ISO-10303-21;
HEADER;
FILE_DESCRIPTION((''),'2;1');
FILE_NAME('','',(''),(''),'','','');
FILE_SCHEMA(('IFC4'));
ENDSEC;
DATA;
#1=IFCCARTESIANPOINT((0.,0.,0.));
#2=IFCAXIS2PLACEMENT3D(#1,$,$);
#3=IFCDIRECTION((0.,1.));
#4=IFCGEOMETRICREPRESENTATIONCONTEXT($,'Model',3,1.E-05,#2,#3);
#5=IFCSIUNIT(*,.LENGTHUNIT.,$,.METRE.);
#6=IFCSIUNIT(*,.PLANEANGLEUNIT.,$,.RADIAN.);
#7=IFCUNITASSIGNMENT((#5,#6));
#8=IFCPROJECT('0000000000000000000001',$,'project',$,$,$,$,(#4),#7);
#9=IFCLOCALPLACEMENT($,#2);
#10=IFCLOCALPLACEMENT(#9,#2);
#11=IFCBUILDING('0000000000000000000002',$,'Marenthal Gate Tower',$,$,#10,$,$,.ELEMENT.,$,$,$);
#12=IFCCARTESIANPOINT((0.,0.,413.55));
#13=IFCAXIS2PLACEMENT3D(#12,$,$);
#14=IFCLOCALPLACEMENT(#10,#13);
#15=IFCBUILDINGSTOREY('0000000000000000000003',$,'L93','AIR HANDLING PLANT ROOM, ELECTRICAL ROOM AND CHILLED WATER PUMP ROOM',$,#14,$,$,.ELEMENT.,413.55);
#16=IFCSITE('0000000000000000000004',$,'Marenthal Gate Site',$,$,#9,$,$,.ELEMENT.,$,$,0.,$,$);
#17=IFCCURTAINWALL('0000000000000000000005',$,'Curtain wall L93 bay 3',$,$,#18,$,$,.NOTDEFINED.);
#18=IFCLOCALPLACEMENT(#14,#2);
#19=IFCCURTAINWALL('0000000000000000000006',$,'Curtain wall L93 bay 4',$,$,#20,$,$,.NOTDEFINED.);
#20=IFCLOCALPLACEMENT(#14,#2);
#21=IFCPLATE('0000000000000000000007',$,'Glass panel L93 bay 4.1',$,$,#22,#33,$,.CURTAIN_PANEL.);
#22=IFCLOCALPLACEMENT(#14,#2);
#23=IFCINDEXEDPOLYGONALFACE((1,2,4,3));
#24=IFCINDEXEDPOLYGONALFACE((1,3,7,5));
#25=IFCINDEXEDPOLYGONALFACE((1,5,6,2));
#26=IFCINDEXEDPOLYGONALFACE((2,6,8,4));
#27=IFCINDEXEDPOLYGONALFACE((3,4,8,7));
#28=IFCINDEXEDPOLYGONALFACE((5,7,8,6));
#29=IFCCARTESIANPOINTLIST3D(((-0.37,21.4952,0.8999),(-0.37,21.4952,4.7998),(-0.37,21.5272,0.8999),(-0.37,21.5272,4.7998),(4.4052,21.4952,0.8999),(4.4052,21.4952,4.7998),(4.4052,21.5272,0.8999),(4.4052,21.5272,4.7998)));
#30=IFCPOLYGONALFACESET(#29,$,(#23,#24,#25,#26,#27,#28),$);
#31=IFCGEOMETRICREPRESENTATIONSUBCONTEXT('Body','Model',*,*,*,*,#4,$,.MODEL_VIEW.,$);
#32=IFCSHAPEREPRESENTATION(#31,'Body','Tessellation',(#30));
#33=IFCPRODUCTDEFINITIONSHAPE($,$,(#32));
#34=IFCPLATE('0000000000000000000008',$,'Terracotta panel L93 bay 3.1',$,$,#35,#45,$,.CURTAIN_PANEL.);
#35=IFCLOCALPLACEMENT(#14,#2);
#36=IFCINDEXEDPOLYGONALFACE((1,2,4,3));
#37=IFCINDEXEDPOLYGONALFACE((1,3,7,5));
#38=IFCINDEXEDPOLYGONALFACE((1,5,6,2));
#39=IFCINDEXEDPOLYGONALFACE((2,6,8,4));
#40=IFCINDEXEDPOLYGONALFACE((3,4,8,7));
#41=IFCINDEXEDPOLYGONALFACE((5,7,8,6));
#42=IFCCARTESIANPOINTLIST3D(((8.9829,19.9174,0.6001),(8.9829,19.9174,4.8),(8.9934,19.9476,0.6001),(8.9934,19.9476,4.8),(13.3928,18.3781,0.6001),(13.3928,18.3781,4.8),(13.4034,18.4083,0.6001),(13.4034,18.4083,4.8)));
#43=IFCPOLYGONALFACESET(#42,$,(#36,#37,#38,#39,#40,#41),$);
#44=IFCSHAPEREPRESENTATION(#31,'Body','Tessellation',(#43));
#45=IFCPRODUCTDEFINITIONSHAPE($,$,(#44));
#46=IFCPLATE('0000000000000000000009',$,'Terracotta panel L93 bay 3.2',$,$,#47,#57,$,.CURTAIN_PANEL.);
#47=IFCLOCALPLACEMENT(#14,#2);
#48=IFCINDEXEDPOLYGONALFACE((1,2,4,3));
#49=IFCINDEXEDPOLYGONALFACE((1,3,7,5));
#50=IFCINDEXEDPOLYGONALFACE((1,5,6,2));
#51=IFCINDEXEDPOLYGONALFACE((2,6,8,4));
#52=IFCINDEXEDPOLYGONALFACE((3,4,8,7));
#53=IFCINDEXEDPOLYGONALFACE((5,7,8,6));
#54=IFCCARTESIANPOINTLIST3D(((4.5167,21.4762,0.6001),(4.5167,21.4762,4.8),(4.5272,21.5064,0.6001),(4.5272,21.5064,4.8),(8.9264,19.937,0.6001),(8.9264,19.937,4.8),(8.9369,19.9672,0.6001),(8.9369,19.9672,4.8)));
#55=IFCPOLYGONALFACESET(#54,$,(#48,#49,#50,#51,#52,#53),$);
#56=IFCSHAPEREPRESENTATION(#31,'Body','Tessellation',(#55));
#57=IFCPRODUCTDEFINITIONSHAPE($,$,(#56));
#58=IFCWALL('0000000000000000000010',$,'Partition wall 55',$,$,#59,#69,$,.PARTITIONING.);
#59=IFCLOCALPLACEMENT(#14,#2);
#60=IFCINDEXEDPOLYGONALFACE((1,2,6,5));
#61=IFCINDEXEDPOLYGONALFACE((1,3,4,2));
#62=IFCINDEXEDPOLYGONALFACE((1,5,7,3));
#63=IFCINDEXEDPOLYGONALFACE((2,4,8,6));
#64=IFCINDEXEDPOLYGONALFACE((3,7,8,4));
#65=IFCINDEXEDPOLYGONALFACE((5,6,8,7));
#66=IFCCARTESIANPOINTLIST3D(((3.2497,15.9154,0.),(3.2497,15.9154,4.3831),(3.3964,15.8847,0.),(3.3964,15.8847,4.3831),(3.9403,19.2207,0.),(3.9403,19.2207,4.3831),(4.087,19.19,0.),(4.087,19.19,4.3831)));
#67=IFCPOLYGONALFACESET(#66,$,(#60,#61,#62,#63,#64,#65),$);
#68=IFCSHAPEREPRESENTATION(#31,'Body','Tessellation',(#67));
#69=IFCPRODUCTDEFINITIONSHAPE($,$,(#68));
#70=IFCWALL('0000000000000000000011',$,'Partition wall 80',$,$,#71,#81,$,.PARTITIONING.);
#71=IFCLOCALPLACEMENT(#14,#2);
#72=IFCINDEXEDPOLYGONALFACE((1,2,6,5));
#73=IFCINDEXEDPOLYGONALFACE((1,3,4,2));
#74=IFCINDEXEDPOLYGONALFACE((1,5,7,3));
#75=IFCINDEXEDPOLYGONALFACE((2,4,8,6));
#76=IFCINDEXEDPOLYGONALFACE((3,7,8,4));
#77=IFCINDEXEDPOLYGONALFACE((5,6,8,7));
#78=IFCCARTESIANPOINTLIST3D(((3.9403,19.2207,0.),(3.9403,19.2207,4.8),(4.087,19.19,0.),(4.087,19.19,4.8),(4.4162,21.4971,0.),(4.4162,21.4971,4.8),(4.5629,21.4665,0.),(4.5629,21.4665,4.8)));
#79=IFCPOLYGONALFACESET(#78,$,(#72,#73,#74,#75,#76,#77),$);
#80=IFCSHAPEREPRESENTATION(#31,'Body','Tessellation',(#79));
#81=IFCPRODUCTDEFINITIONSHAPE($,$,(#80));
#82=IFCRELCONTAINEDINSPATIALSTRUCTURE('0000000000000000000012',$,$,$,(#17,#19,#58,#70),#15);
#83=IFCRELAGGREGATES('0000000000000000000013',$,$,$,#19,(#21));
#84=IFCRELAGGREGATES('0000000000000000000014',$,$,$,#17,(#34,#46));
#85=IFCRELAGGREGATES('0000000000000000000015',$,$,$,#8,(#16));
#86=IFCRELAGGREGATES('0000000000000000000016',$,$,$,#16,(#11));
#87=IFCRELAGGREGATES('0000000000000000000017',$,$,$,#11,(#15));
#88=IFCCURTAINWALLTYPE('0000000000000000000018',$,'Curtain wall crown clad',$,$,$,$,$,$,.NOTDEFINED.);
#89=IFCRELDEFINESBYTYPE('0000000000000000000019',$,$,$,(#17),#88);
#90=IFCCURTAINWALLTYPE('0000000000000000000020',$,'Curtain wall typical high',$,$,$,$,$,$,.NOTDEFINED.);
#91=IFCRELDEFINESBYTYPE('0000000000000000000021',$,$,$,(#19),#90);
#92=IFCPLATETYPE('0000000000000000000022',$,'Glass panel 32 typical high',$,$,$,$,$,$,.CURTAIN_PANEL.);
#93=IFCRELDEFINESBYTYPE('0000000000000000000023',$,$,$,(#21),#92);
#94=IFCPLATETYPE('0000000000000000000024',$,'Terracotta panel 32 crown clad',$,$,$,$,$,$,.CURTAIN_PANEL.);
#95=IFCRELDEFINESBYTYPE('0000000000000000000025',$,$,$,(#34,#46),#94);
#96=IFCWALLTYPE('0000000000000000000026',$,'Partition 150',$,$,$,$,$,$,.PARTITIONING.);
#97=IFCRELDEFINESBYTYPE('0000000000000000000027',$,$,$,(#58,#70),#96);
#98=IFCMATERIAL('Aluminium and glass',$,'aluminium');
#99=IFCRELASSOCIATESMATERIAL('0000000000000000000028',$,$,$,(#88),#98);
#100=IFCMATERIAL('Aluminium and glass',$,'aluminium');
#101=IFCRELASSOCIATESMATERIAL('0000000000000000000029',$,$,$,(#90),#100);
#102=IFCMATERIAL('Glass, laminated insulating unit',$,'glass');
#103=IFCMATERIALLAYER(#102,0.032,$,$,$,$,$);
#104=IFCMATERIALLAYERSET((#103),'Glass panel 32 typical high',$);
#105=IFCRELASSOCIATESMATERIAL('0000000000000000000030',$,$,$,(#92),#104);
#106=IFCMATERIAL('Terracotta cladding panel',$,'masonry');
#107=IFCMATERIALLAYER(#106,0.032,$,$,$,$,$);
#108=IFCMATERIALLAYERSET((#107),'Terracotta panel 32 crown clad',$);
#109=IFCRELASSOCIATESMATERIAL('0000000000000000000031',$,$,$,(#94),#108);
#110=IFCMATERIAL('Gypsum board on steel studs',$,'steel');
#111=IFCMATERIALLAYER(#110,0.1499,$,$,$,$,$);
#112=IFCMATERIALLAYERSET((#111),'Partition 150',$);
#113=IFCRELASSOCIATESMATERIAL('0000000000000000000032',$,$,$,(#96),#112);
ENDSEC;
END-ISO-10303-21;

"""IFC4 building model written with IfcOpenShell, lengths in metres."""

from ifc_helpers import new_model, si_unit, direction, frame, frame_2d, origin, origin_2d, place, context, subcontext, project, spatial, rectangle, extrude, material, layer, layer_set, type_object, element, aggregate, save


model = new_model("IFC4")

# Units and contexts
model_context = context("Model", 3, precision=1e-05, world=origin(), true_north=direction((0.0, 1.0)))
body_context = subcontext(model_context, "Body", "Model", "MODEL_VIEW")
ifc_project = project(units=[si_unit("LENGTHUNIT", "METRE"), si_unit("PLANEANGLEUNIT", "RADIAN")], contexts=[model_context])

# Site, building, storey
site_placement = place(None, origin())
site = spatial("IfcSite", under=ifc_project, at=site_placement, Name="Marenthal Gate Site", CompositionType="ELEMENT", RefElevation=0.0)
building_placement = place(site_placement, origin())
building = spatial("IfcBuilding", under=site, at=building_placement, Name="Marenthal Gate Tower", CompositionType="ELEMENT")
storey_placement = place(building_placement, frame((0.0, 0.0, 413.55)))
storey = spatial("IfcBuildingStorey", under=building, at=storey_placement, Name="L93", Description="AIR HANDLING PLANT ROOM, ELECTRICAL ROOM AND CHILLED WATER PUMP ROOM", CompositionType="ELEMENT", Elevation=413.55)

# Curtain walls
ifc_material_1 = material(Name="Aluminium and glass", Category="aluminium")
curtain_wall_type_1 = type_object("IfcCurtainWallType", Name="Curtain wall crown clad", PredefinedType="NOTDEFINED", material=ifc_material_1)
curtain_wall_1_placement = place(storey_placement, origin())
curtain_wall_1 = element("IfcCurtainWall", 1, at=curtain_wall_1_placement, inside=storey, type_object=curtain_wall_type_1, Name="Curtain wall L93 bay 3", PredefinedType="NOTDEFINED")
ifc_material_2 = material(Name="Aluminium and glass", Category="aluminium")
curtain_wall_type_2 = type_object("IfcCurtainWallType", Name="Curtain wall typical high", PredefinedType="NOTDEFINED", material=ifc_material_2)
curtain_wall_2_placement = place(storey_placement, origin())
curtain_wall_2 = element("IfcCurtainWall", 2, at=curtain_wall_2_placement, inside=storey, type_object=curtain_wall_type_2, Name="Curtain wall L93 bay 4", PredefinedType="NOTDEFINED")

# Plates
ifc_material_3 = material(Name="Glass, laminated insulating unit", Category="glass")
ifc_layer_1 = layer(ifc_material_3, 0.032)
ifc_layer_set_1 = layer_set([ifc_layer_1], Name="Glass panel 32 typical high")
plate_type_1 = type_object("IfcPlateType", Name="Glass panel 32 typical high", PredefinedType="CURTAIN_PANEL", material=ifc_layer_set_1)
plate_1_placement = place(storey_placement, frame((2.0176, 21.5112, 0.8999), z_axis=(0.0, 0.0, 1.0), x_axis=(-1.0, 0.0, 0.0)))
plate_1 = element("IfcPlate", 3, at=plate_1_placement, type_object=plate_type_1, Name="Glass panel L93 bay 4.1", PredefinedType="CURTAIN_PANEL", context=body_context, shape_type="SweptSolid", body=[
    extrude(rectangle(XDim=4.7751, YDim=0.032, at=origin_2d()), origin(), (0.0, 0.0, 1.0), 3.8999),
])
aggregate(curtain_wall_2, [plate_1])
ifc_material_4 = material(Name="Terracotta cladding panel", Category="masonry")
ifc_layer_2 = layer(ifc_material_4, 0.032)
ifc_layer_set_2 = layer_set([ifc_layer_2], Name="Terracotta panel 32 crown clad")
plate_type_2 = type_object("IfcPlateType", Name="Terracotta panel 32 crown clad", PredefinedType="CURTAIN_PANEL", material=ifc_layer_set_2)
plate_2_placement = place(storey_placement, frame((11.1931, 19.1628, 0.6001), z_axis=(0.0, 0.0, 1.0), x_axis=(-0.944135, 0.329559, 0.0)))
plate_2 = element("IfcPlate", 4, at=plate_2_placement, type_object=plate_type_2, Name="Terracotta panel L93 bay 3.1", PredefinedType="CURTAIN_PANEL", context=body_context, shape_type="SweptSolid", body=[
    extrude(rectangle(XDim=4.6709, YDim=0.032, at=origin_2d()), origin(), (0.0, 0.0, 1.0), 4.2),
])
plate_3_placement = place(storey_placement, frame((6.7268, 20.7217, 0.6001), z_axis=(0.0, 0.0, 1.0), x_axis=(-0.944135, 0.329559, 0.0)))
plate_3 = element("IfcPlate", 5, at=plate_3_placement, type_object=plate_type_2, Name="Terracotta panel L93 bay 3.2", PredefinedType="CURTAIN_PANEL", context=body_context, shape_type="SweptSolid", body=[
    extrude(rectangle(XDim=4.6707, YDim=0.032, at=origin_2d()), origin(), (0.0, 0.0, 1.0), 4.2),
])
aggregate(curtain_wall_1, [plate_2, plate_3])

# Walls
ifc_material_5 = material(Name="Gypsum board on steel studs", Category="steel")
ifc_layer_3 = layer(ifc_material_5, 0.1499)
ifc_layer_set_3 = layer_set([ifc_layer_3], Name="Partition 150")
wall_type = type_object("IfcWallType", Name="Partition 150", PredefinedType="PARTITIONING", material=ifc_layer_set_3)
wall_1_placement = place(storey_placement, frame((3.323, 15.8999, 0.0), z_axis=(0.0, 0.0, 1.0), x_axis=(0.204535, 0.978859, 0.0)))
element("IfcWall", 6, at=wall_1_placement, inside=storey, type_object=wall_type, Name="Partition wall 55", PredefinedType="PARTITIONING", context=body_context, shape_type="SweptSolid", body=[
    extrude(rectangle(XDim=3.3767, YDim=0.1499, at=frame_2d((1.6885, 0.0))), origin(), (0.0, 0.0, 1.0), 4.3831),
])
wall_2_placement = place(storey_placement, frame((4.0137, 19.2053, 0.0), z_axis=(0.0, 0.0, 1.0), x_axis=(0.204608, 0.978844, 0.0)))
element("IfcWall", 7, at=wall_2_placement, inside=storey, type_object=wall_type, Name="Partition wall 80", PredefinedType="PARTITIONING", context=body_context, shape_type="SweptSolid", body=[
    extrude(rectangle(XDim=2.3257, YDim=0.1499, at=frame_2d((1.1628, 0.0))), origin(), (0.0, 0.0, 1.0), 4.8),
])

save(model, "model.ifc")
